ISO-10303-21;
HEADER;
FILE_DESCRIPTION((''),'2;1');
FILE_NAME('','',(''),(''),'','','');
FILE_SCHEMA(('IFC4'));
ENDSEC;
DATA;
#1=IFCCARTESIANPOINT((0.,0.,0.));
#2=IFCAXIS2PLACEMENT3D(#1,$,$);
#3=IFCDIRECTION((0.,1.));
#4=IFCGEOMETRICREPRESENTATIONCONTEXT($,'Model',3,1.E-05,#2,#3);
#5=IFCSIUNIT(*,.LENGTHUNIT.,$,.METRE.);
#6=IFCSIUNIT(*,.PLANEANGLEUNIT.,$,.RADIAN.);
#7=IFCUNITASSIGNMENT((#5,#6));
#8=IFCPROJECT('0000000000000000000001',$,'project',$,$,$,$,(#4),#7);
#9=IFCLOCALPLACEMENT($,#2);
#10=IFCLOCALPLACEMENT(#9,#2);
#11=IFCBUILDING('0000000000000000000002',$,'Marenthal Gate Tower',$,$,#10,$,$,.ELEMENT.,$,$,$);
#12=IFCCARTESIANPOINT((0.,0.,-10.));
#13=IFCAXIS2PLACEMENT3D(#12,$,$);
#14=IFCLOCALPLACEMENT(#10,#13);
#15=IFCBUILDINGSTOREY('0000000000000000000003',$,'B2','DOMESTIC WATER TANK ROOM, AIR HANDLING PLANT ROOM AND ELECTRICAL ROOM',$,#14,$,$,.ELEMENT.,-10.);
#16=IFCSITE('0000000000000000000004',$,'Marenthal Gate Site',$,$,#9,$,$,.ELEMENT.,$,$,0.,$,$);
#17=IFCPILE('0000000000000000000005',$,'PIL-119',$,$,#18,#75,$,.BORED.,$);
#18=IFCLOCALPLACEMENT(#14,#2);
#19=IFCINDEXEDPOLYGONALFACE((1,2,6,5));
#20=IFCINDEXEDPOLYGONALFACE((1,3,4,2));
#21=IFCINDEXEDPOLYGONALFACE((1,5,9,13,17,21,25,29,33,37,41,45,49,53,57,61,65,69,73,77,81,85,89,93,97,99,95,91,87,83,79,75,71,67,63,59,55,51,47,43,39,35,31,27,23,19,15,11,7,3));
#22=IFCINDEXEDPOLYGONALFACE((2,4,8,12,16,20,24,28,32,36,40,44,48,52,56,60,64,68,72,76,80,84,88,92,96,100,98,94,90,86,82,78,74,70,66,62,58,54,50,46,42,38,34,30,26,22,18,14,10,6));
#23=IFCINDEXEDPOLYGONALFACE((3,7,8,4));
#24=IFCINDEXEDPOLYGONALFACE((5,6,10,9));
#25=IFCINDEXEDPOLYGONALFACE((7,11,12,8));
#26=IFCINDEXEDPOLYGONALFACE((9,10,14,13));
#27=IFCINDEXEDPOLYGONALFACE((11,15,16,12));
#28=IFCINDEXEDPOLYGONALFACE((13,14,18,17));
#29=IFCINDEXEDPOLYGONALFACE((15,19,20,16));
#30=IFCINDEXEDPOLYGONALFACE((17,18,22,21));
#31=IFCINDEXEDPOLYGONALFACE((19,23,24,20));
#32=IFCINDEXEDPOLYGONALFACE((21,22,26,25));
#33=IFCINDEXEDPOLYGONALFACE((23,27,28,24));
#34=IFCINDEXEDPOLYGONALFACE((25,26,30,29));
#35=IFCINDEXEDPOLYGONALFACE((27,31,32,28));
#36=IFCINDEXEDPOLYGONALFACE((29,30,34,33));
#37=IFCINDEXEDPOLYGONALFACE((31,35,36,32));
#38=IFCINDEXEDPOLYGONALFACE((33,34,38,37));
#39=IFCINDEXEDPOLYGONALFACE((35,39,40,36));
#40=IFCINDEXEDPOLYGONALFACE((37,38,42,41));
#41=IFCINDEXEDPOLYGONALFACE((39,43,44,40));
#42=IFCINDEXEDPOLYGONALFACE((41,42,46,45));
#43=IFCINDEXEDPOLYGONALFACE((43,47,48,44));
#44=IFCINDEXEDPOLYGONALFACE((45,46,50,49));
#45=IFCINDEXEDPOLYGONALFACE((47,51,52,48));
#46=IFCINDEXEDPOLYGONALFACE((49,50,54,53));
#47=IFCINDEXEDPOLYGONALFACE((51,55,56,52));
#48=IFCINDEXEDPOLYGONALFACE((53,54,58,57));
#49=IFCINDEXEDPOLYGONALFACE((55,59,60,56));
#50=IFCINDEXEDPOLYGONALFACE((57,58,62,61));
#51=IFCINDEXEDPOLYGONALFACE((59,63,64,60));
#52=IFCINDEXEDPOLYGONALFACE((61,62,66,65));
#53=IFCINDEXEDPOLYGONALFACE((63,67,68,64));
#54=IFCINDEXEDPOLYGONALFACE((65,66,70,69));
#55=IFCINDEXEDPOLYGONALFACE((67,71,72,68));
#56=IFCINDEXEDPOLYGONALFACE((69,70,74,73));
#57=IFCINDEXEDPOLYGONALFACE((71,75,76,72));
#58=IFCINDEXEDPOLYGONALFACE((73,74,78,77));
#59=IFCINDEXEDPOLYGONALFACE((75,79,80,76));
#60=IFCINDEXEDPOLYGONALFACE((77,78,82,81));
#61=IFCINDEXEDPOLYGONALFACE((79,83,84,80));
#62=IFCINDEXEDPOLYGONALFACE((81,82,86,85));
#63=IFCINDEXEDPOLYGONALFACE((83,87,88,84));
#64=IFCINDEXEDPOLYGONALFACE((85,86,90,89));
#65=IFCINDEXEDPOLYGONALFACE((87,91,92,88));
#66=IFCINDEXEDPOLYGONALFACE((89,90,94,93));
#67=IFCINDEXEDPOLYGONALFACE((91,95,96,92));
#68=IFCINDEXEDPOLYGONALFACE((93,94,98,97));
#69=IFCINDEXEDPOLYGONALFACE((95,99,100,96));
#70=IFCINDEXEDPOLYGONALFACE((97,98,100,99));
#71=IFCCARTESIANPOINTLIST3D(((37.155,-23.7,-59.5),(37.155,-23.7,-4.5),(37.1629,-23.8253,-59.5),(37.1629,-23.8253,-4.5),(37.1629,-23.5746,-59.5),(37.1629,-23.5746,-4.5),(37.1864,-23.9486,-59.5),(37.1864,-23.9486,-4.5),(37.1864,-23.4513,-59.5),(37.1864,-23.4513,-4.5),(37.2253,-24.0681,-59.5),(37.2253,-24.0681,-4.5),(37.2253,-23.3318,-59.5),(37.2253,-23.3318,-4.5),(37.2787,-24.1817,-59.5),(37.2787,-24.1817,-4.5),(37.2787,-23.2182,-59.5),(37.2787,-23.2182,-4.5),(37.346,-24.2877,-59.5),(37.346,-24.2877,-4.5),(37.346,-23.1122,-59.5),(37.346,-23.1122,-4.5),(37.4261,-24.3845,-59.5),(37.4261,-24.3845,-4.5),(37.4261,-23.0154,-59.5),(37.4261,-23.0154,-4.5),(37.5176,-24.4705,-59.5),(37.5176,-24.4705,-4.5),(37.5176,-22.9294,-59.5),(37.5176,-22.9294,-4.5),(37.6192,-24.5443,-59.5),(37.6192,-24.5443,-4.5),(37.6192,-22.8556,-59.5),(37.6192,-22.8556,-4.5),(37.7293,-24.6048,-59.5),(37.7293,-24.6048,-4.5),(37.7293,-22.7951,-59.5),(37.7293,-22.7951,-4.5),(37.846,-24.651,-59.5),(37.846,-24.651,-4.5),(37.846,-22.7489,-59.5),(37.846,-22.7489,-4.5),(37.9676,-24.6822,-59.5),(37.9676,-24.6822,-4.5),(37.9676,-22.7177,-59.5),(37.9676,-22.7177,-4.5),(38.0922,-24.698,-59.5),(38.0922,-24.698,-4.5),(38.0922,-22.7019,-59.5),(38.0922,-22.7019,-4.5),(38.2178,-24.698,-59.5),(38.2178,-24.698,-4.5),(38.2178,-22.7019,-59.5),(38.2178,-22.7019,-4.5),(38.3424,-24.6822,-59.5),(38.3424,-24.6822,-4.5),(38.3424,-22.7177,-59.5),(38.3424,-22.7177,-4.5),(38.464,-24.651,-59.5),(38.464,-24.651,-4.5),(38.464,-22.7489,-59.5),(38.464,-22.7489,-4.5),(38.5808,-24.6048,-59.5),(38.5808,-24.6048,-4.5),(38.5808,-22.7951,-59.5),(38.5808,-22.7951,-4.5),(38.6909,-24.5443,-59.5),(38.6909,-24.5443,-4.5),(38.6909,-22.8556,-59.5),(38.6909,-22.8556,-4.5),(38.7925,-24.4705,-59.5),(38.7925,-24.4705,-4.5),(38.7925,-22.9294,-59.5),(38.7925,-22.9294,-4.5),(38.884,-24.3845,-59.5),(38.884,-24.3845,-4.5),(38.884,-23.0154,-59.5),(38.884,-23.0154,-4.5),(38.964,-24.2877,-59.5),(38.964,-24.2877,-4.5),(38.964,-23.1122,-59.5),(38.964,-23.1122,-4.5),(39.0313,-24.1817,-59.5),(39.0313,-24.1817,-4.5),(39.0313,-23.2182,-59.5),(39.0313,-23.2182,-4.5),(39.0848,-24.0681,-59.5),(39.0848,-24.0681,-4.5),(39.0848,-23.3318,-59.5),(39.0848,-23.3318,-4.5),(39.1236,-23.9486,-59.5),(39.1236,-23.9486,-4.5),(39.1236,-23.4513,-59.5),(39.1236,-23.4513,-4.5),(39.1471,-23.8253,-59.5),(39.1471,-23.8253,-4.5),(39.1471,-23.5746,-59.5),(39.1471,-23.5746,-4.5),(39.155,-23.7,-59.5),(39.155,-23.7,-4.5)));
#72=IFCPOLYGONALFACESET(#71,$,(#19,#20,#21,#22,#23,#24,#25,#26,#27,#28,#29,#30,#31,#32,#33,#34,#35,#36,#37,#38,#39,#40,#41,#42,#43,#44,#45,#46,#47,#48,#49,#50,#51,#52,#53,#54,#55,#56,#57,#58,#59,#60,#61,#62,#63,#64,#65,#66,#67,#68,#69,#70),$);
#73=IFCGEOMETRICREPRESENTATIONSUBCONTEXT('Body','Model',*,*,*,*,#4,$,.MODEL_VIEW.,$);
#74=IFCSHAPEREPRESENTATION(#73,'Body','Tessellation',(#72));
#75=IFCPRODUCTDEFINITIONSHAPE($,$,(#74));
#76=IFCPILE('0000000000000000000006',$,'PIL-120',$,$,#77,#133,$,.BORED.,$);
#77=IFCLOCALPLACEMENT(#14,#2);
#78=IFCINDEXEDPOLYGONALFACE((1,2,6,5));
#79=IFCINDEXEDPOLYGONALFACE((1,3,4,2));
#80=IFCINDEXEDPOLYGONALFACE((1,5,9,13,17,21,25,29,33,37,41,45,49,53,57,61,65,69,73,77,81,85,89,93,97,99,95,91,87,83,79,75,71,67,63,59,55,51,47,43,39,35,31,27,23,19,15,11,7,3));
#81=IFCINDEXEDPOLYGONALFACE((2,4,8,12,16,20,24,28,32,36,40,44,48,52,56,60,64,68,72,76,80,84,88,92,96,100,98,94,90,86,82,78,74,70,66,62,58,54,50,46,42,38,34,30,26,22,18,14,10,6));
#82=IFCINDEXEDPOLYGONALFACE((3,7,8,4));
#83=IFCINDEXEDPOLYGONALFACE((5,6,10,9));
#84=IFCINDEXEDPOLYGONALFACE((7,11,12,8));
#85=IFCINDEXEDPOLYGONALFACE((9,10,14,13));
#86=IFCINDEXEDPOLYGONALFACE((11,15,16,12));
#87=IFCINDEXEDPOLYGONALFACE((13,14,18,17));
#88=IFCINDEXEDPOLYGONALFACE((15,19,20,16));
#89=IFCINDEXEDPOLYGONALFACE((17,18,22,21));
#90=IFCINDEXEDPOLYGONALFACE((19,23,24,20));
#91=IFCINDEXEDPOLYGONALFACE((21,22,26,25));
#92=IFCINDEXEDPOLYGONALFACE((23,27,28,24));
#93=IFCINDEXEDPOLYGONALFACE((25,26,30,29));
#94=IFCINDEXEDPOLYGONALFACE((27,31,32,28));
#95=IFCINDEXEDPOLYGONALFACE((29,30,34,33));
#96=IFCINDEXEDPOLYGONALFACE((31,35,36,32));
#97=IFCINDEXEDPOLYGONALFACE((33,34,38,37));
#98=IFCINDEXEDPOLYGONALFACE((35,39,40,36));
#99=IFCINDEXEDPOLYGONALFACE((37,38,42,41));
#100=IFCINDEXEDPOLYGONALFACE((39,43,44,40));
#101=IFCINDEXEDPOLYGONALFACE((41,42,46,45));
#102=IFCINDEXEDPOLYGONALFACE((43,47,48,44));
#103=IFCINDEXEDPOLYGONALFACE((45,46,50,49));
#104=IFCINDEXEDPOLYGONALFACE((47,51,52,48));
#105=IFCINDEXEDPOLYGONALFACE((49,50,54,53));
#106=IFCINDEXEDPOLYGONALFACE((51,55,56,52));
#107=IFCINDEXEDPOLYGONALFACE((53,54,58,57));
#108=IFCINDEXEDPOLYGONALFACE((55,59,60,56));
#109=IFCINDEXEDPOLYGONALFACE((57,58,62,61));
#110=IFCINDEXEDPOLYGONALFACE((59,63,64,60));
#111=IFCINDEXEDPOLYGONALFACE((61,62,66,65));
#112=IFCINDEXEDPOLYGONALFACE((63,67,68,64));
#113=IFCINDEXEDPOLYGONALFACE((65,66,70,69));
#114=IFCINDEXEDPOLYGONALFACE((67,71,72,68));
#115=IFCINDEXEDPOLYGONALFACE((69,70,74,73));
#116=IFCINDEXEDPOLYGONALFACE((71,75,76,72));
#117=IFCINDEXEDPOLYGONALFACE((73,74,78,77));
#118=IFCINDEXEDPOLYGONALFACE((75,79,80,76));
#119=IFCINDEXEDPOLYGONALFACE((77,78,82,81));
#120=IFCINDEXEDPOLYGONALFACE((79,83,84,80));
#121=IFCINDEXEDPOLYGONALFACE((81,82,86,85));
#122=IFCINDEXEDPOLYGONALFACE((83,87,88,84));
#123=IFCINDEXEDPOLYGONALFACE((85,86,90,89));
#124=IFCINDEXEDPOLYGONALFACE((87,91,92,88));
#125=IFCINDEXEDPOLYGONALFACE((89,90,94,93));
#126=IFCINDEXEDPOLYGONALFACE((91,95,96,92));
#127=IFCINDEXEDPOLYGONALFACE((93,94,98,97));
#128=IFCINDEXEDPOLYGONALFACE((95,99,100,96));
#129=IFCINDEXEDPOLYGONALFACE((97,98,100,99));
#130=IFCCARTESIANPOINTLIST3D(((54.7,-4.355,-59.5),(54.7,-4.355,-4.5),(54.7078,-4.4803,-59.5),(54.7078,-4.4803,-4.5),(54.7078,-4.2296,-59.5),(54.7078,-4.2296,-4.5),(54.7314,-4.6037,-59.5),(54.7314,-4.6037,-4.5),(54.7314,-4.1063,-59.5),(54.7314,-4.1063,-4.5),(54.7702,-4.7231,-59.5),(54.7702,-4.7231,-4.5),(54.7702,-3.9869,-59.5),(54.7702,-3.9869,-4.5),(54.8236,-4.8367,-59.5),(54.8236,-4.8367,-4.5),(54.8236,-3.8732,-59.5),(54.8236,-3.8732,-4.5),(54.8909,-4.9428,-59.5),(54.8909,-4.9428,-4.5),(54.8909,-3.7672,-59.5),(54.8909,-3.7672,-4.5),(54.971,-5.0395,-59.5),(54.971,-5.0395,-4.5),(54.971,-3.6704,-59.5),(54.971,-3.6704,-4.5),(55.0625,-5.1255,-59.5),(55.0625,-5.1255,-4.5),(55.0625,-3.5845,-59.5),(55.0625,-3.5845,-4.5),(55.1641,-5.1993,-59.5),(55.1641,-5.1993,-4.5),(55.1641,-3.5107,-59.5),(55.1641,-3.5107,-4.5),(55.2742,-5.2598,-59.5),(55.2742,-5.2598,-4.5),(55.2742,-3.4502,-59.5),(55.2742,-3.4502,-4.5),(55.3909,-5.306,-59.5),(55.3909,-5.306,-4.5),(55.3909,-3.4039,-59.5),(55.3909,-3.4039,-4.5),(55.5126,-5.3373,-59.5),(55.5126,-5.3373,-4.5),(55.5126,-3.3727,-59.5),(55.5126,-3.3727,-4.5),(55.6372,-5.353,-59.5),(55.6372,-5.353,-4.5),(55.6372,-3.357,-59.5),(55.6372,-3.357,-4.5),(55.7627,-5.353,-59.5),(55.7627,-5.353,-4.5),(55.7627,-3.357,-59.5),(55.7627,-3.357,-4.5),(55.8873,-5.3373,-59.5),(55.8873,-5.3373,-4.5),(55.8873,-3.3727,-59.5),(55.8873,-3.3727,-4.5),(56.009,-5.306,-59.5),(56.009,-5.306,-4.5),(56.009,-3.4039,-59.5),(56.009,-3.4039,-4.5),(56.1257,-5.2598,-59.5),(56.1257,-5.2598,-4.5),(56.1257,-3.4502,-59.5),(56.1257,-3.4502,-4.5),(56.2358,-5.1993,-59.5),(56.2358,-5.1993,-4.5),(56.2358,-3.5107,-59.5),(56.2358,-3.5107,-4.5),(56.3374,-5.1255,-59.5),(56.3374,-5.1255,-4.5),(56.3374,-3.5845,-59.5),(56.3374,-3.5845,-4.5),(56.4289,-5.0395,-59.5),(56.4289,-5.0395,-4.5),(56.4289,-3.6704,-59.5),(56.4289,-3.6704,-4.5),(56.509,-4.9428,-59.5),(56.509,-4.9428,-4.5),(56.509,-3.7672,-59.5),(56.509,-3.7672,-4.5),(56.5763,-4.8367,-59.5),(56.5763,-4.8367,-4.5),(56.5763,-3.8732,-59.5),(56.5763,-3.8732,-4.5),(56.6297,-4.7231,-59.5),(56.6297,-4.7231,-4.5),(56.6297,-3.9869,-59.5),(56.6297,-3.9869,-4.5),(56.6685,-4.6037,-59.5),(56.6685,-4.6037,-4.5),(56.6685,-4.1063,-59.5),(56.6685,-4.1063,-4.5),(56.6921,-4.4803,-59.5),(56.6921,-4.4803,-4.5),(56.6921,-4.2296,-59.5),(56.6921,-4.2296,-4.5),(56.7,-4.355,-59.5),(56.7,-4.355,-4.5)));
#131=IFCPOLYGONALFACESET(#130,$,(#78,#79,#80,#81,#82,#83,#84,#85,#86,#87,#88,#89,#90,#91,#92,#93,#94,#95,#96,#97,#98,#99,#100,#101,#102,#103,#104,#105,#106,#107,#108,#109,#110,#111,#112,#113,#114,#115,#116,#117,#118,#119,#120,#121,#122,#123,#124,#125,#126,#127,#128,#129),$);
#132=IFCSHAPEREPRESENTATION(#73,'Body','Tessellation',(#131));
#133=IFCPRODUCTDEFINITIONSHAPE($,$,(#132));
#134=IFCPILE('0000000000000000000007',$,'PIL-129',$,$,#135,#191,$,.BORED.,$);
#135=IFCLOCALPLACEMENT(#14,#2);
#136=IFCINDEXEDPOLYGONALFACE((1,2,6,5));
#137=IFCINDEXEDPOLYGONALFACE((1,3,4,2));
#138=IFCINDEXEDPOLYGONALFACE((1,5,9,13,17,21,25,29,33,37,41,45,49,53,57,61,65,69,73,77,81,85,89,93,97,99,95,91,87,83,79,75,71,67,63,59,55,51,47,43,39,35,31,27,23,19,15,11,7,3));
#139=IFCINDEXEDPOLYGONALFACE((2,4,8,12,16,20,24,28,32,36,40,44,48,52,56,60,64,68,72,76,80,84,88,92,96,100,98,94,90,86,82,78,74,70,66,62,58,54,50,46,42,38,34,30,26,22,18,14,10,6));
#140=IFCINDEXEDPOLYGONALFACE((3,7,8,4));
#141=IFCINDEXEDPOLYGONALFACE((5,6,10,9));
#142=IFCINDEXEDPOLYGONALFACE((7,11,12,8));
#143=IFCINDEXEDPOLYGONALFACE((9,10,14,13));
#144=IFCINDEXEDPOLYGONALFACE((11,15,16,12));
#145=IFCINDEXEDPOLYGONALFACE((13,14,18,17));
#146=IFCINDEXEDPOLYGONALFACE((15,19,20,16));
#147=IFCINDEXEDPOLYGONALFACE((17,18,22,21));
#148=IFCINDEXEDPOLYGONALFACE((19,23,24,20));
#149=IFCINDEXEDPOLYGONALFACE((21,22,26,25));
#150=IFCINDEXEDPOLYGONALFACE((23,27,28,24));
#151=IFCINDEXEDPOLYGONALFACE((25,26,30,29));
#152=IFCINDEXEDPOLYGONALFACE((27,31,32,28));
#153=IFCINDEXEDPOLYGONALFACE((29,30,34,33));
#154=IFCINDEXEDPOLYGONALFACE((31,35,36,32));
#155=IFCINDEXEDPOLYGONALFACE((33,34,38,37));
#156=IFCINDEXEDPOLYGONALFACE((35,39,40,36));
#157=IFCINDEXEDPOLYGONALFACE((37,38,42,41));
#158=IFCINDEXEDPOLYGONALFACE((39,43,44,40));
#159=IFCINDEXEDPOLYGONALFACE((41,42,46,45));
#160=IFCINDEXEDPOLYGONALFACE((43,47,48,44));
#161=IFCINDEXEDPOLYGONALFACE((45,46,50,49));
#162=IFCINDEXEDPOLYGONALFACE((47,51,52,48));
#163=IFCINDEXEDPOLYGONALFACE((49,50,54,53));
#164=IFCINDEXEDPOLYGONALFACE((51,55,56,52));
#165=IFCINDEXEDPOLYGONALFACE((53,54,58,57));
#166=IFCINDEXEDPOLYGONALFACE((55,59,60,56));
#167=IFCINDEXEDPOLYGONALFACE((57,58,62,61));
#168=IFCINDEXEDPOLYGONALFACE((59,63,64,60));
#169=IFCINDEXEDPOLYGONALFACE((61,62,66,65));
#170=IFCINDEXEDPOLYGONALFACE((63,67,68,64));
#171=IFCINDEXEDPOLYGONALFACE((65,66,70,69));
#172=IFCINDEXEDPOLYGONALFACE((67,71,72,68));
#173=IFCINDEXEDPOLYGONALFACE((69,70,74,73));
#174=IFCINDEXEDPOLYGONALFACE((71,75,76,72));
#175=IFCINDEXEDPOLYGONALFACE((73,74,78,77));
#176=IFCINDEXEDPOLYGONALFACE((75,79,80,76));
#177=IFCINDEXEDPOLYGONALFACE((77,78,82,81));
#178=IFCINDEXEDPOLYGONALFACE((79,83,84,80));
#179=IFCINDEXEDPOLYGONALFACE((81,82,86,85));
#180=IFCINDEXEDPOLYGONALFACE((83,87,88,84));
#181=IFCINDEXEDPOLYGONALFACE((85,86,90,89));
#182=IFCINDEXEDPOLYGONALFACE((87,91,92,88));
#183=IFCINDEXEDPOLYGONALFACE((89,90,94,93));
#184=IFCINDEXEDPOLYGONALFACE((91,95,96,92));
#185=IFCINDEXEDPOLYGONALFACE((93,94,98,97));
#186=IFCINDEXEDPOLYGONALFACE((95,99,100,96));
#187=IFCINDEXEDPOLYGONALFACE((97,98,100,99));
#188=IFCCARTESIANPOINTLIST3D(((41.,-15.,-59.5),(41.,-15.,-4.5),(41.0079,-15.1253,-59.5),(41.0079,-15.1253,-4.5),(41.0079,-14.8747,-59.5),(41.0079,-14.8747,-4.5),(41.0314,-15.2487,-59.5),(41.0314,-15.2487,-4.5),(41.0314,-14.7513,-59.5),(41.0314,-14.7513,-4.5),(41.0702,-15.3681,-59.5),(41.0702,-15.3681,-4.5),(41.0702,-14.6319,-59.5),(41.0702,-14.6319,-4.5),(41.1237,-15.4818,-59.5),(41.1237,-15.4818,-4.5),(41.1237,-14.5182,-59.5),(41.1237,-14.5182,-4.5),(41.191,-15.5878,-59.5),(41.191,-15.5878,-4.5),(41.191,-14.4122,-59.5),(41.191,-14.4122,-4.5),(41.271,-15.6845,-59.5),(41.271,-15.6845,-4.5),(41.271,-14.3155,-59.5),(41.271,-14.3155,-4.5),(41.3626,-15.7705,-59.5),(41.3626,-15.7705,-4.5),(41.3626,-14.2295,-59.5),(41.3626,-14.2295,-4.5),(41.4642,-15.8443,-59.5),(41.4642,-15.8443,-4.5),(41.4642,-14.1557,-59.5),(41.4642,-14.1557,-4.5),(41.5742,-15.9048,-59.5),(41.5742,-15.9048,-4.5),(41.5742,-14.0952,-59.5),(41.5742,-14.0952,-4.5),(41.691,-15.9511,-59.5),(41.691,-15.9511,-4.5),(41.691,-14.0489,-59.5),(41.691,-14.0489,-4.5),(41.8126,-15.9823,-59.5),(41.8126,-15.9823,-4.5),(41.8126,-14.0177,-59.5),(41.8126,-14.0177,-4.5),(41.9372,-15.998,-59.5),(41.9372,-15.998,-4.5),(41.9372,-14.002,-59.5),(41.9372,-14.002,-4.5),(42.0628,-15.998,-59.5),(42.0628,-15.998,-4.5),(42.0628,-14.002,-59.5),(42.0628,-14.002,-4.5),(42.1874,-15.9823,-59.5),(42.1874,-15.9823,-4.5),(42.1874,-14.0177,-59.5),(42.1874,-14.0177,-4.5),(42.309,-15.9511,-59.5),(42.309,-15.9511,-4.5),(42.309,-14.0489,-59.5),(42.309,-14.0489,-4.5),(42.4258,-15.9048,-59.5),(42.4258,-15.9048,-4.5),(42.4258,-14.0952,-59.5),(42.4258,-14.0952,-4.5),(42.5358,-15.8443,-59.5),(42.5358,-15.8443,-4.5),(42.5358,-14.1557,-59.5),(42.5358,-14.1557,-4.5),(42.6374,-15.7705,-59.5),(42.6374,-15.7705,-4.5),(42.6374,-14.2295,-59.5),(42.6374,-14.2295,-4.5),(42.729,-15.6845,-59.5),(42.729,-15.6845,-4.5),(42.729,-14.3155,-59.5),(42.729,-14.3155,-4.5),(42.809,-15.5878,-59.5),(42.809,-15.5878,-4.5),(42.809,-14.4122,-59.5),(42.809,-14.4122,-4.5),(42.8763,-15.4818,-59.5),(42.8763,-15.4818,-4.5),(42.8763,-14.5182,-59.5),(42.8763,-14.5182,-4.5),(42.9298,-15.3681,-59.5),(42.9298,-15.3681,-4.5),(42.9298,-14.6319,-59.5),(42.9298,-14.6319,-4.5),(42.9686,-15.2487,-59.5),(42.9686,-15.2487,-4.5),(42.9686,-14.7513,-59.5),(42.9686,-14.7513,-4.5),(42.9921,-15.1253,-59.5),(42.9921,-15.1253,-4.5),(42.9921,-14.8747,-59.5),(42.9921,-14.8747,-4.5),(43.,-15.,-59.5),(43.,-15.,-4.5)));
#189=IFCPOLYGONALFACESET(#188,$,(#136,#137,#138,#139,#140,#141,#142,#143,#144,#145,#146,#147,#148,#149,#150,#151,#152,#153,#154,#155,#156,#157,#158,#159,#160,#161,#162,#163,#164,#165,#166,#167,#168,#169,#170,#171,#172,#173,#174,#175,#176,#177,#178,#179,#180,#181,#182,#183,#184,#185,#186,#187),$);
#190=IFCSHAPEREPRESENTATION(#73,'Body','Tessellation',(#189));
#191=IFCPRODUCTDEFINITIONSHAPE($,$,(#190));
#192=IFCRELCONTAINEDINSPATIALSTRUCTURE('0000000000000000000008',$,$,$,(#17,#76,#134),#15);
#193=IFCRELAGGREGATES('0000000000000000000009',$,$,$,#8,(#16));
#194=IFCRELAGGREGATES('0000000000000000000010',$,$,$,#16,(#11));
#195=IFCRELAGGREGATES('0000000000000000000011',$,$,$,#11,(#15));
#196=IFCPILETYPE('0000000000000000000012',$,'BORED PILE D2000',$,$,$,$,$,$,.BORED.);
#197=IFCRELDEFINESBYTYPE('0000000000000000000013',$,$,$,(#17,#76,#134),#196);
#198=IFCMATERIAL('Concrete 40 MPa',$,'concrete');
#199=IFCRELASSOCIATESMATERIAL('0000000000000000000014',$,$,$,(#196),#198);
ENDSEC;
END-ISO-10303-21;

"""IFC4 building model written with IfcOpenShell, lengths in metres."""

from ifc_helpers import new_model, si_unit, direction, frame, origin, origin_2d, place, context, subcontext, project, spatial, circle, extrude, material, type_object, element, save


model = new_model("IFC4")

# Units and contexts
model_context = context("Model", 3, precision=1e-05, world=origin(), true_north=direction((0.0, 1.0)))
body_context = subcontext(model_context, "Body", "Model", "MODEL_VIEW")
ifc_project = project(units=[si_unit("LENGTHUNIT", "METRE"), si_unit("PLANEANGLEUNIT", "RADIAN")], contexts=[model_context])

# Site, building, storey
site_placement = place(None, origin())
site = spatial("IfcSite", under=ifc_project, at=site_placement, Name="Marenthal Gate Site", CompositionType="ELEMENT", RefElevation=0.0)
building_placement = place(site_placement, origin())
building = spatial("IfcBuilding", under=site, at=building_placement, Name="Marenthal Gate Tower", CompositionType="ELEMENT")
storey_placement = place(building_placement, frame((0.0, 0.0, -10.0)))
storey = spatial("IfcBuildingStorey", under=building, at=storey_placement, Name="B2", Description="DOMESTIC WATER TANK ROOM, AIR HANDLING PLANT ROOM AND ELECTRICAL ROOM", CompositionType="ELEMENT", Elevation=-10.0)

# Piles
ifc_material_1 = material(Name="Concrete 40 MPa", Category="concrete")
pile_type = type_object("IfcPileType", Name="BORED PILE D2000", PredefinedType="BORED", material=ifc_material_1)
for number, where, z_axis, x_axis, name in (
    (1, (38.155, -23.7, -4.5), (0.0, 0.0, -1.0), (1.0, 0.0, 0.0), "PIL-119"),
    (2, (55.7, -4.355, -4.5), (0.0, 0.0, -1.0), (1.0, 0.0, 0.0), "PIL-120"),
    (3, (42.0, -15.0, -4.5), (0.0, 0.0, -1.0), (1.0, 0.0, 0.0), "PIL-129"),
):
    element("IfcPile", number, at=place(storey_placement, frame(where, z_axis=z_axis, x_axis=x_axis)), inside=storey, type_object=pile_type, Name=name, PredefinedType="BORED", context=body_context, shape_type="SweptSolid", body=[
        extrude(circle(Radius=1.0, at=origin_2d()), origin(), (0.0, 0.0, 1.0), 55.0),
    ])

save(model, "model.ifc")
